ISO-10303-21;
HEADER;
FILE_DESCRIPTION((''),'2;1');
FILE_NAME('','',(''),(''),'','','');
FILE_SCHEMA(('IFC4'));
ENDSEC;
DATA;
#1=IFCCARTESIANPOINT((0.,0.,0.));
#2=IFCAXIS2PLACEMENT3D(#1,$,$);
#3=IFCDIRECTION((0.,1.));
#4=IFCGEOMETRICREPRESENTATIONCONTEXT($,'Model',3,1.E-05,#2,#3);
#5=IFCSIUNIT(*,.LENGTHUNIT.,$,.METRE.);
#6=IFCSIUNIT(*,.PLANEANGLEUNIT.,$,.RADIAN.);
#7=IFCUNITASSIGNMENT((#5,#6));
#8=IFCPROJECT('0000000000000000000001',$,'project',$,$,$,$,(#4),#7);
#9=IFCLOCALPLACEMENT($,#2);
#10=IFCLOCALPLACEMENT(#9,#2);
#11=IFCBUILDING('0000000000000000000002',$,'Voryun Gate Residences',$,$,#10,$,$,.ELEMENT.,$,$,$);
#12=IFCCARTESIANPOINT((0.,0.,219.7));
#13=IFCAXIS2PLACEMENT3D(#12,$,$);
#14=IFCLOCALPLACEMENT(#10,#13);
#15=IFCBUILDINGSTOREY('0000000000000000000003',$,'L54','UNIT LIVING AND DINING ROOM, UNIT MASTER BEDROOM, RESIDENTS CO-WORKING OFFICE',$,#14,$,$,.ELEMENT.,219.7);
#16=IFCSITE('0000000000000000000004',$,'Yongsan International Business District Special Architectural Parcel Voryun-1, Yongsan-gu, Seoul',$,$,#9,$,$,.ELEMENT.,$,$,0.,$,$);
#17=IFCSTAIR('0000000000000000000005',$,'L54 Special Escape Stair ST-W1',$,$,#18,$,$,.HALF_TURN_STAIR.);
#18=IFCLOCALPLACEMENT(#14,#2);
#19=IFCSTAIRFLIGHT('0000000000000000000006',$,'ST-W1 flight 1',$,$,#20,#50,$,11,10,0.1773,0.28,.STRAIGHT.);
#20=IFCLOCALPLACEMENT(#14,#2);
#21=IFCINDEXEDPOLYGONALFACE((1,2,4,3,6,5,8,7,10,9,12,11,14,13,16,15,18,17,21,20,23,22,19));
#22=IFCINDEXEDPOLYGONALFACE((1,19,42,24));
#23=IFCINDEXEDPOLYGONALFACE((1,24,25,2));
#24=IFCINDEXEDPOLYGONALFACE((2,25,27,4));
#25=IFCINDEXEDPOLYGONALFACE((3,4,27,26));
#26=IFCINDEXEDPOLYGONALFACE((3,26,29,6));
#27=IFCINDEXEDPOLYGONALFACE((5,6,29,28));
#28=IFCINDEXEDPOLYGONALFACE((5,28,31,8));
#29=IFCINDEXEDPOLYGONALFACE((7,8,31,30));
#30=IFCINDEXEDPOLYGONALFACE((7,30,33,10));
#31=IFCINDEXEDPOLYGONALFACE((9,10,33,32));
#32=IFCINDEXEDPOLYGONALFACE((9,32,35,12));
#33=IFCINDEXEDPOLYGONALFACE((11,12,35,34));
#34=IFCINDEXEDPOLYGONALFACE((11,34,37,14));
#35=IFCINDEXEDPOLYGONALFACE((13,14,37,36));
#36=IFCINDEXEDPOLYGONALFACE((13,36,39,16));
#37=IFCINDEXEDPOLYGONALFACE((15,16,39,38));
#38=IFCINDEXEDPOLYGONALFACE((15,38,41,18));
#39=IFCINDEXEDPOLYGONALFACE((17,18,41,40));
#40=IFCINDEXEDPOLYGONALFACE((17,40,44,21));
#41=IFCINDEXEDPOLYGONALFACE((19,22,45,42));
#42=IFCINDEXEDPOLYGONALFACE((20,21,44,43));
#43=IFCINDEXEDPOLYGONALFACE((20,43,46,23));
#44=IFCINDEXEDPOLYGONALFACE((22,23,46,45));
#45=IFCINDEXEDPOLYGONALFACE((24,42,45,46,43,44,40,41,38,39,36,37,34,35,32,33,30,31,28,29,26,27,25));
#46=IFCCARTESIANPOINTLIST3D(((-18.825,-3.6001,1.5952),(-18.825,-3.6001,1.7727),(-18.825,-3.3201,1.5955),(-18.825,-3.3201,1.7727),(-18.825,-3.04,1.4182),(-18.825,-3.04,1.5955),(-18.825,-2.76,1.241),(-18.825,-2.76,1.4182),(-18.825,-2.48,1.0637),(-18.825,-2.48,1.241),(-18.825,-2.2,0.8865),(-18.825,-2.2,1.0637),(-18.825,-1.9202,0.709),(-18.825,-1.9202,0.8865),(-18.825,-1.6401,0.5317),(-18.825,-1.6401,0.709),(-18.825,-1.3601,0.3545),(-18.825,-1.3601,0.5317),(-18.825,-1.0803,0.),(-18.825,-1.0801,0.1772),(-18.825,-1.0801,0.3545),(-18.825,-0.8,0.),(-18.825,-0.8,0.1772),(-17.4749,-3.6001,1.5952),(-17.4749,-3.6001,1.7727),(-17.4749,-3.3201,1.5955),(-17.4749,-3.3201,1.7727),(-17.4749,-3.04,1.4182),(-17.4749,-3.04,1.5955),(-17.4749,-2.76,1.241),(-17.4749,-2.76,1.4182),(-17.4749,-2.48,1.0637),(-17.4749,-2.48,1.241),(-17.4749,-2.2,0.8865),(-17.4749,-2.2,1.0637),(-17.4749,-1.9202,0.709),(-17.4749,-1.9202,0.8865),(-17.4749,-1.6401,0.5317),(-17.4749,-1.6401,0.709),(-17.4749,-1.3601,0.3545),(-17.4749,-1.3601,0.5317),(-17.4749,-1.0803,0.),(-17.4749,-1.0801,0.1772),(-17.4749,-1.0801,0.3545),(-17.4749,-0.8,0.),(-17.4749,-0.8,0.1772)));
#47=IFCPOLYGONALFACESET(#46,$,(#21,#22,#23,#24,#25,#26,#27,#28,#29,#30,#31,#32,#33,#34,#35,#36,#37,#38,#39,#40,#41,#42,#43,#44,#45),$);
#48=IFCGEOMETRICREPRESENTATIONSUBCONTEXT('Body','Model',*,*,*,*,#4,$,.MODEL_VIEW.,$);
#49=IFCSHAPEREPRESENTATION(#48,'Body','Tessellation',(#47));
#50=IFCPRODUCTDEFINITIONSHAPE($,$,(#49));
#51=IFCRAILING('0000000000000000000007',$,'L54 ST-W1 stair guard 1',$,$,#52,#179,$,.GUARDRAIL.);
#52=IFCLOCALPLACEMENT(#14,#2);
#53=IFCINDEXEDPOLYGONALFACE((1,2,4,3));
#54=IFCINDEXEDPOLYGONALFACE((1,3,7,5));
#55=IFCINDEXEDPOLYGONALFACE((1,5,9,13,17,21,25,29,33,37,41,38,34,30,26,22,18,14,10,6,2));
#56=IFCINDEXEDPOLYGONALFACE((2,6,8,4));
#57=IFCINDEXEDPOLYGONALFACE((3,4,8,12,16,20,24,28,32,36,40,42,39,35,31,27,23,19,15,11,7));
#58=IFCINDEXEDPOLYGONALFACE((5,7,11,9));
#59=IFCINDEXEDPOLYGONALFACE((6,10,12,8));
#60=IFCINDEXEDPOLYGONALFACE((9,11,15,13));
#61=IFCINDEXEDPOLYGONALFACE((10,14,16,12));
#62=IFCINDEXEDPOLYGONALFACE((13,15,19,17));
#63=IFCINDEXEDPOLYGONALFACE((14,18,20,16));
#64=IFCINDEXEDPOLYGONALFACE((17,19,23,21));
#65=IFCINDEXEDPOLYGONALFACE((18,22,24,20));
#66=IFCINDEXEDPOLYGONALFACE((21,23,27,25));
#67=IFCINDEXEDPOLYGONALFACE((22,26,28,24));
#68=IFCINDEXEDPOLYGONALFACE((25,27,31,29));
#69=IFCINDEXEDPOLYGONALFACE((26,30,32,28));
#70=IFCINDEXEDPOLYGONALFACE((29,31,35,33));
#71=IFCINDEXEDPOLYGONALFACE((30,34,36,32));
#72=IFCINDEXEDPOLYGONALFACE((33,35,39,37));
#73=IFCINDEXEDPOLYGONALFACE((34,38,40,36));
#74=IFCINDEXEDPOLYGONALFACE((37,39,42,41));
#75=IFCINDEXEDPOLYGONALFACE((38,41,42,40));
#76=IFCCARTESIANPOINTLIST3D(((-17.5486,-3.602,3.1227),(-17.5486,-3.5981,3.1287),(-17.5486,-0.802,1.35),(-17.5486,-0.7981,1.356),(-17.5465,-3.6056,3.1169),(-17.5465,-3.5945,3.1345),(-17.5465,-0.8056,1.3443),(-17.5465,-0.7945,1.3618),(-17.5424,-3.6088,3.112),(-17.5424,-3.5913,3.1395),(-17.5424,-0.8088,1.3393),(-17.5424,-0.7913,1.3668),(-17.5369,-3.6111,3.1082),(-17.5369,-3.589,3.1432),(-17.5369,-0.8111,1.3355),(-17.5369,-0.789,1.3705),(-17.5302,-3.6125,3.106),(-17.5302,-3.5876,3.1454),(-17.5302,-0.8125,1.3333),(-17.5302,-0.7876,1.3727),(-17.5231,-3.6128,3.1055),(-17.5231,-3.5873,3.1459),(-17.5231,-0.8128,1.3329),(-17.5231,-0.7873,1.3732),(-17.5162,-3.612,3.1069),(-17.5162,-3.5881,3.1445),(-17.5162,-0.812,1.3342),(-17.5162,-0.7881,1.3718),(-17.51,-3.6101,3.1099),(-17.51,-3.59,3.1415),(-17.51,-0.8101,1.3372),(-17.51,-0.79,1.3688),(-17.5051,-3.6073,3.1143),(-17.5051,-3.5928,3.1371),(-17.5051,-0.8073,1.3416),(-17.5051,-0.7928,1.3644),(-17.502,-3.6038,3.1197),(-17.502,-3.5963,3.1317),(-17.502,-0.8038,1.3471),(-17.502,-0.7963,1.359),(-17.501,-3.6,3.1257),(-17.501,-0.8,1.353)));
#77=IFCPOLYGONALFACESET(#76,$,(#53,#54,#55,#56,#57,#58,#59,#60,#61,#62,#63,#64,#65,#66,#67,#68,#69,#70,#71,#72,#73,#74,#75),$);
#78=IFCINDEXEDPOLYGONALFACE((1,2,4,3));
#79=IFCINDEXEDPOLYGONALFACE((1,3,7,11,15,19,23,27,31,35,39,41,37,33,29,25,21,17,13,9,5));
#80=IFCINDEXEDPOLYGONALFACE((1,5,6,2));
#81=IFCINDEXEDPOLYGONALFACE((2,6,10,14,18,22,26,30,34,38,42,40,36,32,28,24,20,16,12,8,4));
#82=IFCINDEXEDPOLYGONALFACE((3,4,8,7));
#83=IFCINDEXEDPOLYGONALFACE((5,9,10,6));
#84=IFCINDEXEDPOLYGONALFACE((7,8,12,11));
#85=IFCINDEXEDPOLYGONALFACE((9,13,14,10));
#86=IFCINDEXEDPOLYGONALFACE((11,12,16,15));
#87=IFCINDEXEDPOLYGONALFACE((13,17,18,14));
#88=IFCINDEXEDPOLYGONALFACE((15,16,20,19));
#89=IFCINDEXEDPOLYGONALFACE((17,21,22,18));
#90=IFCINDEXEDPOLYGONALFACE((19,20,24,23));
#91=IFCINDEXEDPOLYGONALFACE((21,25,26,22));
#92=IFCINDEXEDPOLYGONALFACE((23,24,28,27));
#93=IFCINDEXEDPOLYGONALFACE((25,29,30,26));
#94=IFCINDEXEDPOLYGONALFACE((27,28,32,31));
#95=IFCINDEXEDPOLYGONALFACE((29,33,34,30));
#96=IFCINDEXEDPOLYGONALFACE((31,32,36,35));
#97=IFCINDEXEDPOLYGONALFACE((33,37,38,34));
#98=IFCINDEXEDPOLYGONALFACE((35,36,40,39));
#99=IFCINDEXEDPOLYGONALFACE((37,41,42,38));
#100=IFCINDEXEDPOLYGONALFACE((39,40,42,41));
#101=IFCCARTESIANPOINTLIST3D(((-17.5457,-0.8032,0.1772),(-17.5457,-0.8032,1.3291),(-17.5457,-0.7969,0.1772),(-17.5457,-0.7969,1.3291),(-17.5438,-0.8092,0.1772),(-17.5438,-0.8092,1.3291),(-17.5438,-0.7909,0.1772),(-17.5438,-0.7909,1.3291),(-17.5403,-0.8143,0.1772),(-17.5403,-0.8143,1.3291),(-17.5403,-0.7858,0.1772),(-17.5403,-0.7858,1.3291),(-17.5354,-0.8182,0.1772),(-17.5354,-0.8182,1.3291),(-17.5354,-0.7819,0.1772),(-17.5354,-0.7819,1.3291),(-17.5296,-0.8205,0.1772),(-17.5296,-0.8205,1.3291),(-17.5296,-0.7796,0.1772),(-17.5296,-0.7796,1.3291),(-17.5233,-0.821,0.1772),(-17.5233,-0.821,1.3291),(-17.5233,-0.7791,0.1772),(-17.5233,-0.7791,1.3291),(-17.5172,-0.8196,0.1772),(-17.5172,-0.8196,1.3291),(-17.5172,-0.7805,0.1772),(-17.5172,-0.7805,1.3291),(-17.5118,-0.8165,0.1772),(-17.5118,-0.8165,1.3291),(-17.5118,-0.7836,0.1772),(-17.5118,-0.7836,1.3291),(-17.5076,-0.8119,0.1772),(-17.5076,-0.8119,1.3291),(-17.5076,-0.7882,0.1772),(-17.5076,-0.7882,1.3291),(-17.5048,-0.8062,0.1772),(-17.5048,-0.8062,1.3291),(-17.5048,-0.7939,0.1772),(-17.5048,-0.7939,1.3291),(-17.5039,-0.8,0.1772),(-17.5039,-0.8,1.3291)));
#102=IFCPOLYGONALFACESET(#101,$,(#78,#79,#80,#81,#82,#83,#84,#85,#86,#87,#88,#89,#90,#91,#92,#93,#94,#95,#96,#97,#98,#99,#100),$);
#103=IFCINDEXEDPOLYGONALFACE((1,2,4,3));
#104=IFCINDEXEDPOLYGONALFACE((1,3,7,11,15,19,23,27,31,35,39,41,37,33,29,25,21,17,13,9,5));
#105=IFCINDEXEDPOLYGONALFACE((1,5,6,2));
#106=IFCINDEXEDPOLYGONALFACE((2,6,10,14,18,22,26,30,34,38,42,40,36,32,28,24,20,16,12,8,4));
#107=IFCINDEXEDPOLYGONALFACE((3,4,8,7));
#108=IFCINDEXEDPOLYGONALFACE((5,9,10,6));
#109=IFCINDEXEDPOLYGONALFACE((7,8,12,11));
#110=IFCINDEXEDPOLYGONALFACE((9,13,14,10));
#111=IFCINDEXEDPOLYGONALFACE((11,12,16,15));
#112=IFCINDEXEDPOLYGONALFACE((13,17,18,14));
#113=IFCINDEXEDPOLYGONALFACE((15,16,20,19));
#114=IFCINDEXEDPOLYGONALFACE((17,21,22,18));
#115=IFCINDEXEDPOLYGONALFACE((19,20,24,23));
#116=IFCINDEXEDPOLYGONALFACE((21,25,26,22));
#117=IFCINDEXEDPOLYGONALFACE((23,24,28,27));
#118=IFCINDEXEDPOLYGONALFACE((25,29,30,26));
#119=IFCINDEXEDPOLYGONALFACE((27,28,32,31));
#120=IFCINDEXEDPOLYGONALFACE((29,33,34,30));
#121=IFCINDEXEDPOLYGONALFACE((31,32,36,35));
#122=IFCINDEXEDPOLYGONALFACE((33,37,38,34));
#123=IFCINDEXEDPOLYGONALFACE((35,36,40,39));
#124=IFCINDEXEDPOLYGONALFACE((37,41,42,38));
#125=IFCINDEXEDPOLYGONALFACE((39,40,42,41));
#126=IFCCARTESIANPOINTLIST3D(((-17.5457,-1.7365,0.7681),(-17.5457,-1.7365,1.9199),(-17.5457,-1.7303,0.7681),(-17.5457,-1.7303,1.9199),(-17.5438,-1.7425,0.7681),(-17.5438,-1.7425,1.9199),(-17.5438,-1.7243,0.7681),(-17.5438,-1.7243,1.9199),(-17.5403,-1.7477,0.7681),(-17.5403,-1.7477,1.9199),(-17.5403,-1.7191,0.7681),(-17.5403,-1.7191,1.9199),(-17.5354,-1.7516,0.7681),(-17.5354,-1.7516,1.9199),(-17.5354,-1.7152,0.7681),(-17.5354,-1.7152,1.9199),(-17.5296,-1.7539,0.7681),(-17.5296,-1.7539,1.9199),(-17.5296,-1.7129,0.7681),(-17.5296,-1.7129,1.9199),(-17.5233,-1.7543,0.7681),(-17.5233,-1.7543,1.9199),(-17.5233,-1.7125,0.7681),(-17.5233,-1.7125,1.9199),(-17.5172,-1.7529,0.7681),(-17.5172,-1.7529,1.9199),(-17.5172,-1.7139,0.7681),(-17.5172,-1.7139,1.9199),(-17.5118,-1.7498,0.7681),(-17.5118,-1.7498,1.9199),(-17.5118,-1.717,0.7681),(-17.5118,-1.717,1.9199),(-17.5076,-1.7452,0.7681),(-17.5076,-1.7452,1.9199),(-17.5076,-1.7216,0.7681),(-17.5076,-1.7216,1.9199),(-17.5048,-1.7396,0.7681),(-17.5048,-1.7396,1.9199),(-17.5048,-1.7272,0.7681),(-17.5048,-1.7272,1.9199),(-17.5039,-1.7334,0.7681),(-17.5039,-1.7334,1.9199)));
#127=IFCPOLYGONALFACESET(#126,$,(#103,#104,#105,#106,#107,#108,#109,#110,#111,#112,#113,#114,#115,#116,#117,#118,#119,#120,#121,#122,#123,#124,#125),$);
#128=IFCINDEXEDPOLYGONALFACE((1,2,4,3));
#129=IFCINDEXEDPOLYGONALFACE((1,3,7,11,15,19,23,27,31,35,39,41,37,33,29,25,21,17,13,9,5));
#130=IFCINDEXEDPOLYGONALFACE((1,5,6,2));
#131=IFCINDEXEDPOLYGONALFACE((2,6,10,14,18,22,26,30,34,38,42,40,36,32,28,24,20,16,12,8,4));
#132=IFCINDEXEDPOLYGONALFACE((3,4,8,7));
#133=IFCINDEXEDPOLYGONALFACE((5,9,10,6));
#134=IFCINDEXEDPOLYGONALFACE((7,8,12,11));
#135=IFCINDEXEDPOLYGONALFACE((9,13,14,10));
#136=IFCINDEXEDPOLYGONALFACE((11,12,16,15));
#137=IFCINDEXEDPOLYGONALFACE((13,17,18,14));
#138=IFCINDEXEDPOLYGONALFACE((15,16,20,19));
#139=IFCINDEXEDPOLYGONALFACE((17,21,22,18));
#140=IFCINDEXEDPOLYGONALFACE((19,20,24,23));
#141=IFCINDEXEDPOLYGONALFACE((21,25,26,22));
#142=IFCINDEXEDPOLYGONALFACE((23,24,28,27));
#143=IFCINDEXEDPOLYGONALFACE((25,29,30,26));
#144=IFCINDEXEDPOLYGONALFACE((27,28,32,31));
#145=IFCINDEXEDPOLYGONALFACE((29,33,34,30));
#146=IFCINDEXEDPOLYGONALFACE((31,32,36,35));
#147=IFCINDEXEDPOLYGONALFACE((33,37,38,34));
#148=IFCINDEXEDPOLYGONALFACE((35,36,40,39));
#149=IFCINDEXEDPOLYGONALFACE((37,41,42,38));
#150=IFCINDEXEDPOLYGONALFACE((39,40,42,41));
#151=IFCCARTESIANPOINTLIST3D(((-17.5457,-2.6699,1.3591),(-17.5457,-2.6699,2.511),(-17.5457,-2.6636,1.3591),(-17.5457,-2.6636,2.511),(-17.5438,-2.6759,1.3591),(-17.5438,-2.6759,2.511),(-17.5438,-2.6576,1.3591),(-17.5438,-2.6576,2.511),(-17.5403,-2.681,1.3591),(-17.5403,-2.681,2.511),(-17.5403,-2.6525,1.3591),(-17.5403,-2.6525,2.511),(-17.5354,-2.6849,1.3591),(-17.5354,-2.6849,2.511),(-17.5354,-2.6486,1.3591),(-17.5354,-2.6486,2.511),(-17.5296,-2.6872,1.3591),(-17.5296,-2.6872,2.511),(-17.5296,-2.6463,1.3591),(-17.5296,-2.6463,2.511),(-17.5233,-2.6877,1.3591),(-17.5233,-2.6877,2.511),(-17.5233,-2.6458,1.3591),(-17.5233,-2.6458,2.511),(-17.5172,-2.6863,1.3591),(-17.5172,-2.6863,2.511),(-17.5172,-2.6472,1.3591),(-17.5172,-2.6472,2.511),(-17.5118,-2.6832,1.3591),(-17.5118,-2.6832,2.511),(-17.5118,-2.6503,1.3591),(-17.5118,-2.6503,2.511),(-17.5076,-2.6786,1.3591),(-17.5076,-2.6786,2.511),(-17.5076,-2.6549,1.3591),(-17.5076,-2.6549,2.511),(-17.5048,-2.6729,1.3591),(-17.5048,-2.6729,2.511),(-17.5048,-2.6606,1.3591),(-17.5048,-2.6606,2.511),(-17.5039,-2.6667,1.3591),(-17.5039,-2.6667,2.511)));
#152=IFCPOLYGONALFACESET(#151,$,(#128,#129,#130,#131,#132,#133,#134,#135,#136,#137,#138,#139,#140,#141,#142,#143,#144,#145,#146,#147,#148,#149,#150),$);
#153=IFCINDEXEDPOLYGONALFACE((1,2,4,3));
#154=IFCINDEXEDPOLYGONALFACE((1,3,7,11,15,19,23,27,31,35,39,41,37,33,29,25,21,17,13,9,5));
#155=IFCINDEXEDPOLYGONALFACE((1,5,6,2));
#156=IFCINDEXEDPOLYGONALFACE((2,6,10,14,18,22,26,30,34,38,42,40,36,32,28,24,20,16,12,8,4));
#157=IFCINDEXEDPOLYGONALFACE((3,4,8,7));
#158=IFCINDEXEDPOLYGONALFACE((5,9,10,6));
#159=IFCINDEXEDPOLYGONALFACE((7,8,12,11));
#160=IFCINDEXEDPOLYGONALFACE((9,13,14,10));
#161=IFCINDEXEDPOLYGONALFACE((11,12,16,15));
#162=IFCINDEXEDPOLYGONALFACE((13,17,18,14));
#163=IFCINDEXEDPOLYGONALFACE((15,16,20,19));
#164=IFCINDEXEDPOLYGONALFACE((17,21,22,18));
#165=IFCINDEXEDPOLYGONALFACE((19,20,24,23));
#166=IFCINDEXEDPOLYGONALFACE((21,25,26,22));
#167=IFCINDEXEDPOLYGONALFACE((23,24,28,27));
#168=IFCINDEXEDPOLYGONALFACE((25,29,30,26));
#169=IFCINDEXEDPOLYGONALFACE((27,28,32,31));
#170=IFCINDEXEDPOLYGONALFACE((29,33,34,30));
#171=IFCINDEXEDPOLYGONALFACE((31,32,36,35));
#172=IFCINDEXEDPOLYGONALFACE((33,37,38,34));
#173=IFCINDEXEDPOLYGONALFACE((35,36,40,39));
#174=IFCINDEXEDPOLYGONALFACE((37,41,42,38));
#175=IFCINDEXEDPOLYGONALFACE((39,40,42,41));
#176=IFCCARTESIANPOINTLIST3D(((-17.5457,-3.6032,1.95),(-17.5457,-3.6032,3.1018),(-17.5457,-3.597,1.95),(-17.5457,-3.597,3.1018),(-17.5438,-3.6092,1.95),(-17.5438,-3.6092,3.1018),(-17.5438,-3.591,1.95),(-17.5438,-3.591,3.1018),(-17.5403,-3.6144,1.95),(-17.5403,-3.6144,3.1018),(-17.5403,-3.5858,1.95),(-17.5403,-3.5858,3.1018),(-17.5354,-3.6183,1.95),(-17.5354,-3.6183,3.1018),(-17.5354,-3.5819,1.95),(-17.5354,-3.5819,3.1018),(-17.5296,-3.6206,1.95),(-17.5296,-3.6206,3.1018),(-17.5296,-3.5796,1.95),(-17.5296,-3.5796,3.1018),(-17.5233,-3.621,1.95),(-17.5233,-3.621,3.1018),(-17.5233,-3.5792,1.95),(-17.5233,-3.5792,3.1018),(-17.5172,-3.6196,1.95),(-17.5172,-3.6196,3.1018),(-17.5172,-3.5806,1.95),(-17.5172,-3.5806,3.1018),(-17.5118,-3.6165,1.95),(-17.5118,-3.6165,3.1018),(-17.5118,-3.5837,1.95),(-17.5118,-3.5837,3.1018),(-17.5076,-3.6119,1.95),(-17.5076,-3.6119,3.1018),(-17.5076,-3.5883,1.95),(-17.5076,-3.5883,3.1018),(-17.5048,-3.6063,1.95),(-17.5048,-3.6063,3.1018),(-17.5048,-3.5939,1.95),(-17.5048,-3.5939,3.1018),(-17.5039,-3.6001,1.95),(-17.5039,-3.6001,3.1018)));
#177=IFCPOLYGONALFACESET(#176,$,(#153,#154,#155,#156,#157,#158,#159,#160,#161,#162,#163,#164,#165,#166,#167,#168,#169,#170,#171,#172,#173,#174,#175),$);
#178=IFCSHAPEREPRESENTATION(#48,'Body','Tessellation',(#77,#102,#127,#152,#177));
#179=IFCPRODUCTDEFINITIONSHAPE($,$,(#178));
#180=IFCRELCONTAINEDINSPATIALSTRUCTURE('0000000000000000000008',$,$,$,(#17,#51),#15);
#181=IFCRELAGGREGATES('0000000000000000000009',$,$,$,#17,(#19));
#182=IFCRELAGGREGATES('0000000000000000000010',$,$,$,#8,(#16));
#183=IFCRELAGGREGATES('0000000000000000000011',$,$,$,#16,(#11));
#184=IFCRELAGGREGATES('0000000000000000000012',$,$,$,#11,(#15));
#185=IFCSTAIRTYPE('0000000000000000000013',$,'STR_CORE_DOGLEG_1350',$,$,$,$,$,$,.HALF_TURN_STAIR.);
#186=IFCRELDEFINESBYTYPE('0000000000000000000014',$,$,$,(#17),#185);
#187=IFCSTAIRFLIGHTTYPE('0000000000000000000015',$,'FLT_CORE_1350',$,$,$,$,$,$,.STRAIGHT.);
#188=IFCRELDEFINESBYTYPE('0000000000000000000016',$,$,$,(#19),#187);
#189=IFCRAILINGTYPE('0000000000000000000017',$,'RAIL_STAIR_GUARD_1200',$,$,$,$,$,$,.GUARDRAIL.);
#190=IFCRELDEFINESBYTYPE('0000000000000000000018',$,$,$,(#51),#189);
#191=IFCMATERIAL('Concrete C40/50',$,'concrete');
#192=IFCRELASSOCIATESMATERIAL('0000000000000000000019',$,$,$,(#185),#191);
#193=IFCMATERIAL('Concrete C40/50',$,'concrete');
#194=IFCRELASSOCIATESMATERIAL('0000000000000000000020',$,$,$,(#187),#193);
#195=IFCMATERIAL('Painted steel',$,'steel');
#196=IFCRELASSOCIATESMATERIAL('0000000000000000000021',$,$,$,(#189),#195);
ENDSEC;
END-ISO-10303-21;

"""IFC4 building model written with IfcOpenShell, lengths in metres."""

from ifc_helpers import new_model, si_unit, direction, frame, origin, origin_2d, place, context, subcontext, project, spatial, polyline, circle, outline, extrude, material, type_object, element, aggregate, save


model = new_model("IFC4")

# Units and contexts
model_context = context("Model", 3, precision=1e-05, world=origin(), true_north=direction((0.0, 1.0)))
body_context = subcontext(model_context, "Body", "Model", "MODEL_VIEW")
ifc_project = project(units=[si_unit("LENGTHUNIT", "METRE"), si_unit("PLANEANGLEUNIT", "RADIAN")], contexts=[model_context])

# Site, building, storey
site_placement = place(None, origin())
site = spatial("IfcSite", under=ifc_project, at=site_placement, Name="Yongsan International Business District Special Architectural Parcel Voryun-1, Yongsan-gu, Seoul", CompositionType="ELEMENT", RefElevation=0.0)
building_placement = place(site_placement, origin())
building = spatial("IfcBuilding", under=site, at=building_placement, Name="Voryun Gate Residences", CompositionType="ELEMENT")
storey_placement = place(building_placement, frame((0.0, 0.0, 219.7)))
storey = spatial("IfcBuildingStorey", under=building, at=storey_placement, Name="L54", Description="UNIT LIVING AND DINING ROOM, UNIT MASTER BEDROOM, RESIDENTS CO-WORKING OFFICE", CompositionType="ELEMENT", Elevation=219.7)

# Stair, stair flight
ifc_material_1 = material(Name="Concrete C40/50", Category="concrete")
stair_type = type_object("IfcStairType", Name="STR_CORE_DOGLEG_1350", PredefinedType="HALF_TURN_STAIR", material=ifc_material_1)
stair_placement = place(storey_placement, origin())
stair = element("IfcStair", 1, at=stair_placement, inside=storey, type_object=stair_type, Name="L54 Special Escape Stair ST-W1", PredefinedType="HALF_TURN_STAIR")
ifc_material_2 = material(Name="Concrete C40/50", Category="concrete")
stair_flight_type = type_object("IfcStairFlightType", Name="FLT_CORE_1350", PredefinedType="STRAIGHT", material=ifc_material_2)
stair_flight_placement = place(storey_placement, frame((-18.1499, -0.8, 0.0), z_axis=(0.0, 0.0, 1.0), x_axis=(0.0, -1.0, 0.0)))
stair_flight = element("IfcStairFlight", 2, at=stair_flight_placement, type_object=stair_flight_type, Name="ST-W1 flight 1", NumberOfRisers=11, NumberOfTreads=10, PredefinedType="STRAIGHT", RiserHeight=0.1773, TreadLength=0.28, context=body_context, shape_type="SweptSolid", body=[
    extrude(outline(polyline([(0.0, 0.0), (0.0, 0.1772), (0.28, 0.1772), (0.28, 0.3545), (0.5601, 0.3545), (0.5601, 0.5317), (0.8401, 0.5317), (0.8401, 0.709), (1.1201, 0.709), (1.1201, 0.8865), (1.3999, 0.8865), (1.3999, 1.0637), (1.6799, 1.0637), (1.6799, 1.241), (1.96, 1.241), (1.96, 1.4182), (2.24, 1.4182), (2.24, 1.5955), (2.52, 1.5955), (2.52, 1.7727), (2.8, 1.7727), (2.8, 1.95), (2.8, 1.5952), (0.2803, 0.0), (0.0, 0.0)])), frame((0.0, 0.675, 0.0), z_axis=(0.0, -1.0, 0.0), x_axis=(1.0, 0.0, 0.0)), (0.0, 0.0, 1.0), 1.3501),
])
aggregate(stair, [stair_flight])

# Railing
ifc_material_3 = material(Name="Painted steel", Category="steel")
railing_type = type_object("IfcRailingType", Name="RAIL_STAIR_GUARD_1200", PredefinedType="GUARDRAIL", material=ifc_material_3)
railing_1_placement = place(storey_placement, frame((-17.5249, -0.8, 0.1772)))
element("IfcRailing", 3, at=railing_1_placement, inside=storey, type_object=railing_type, Name="L54 ST-W1 stair guard 1", PredefinedType="GUARDRAIL", context=body_context, shape_type="SweptSolid", body=[
    extrude(circle(Radius=0.0239, at=origin_2d()), frame((0.0, 0.0, 1.1758), z_axis=(0.0, -0.844909, 0.53491), x_axis=(1.0, 0.0, 0.0)), (0.0, 0.0, 1.0), 3.314),
    extrude(circle(Radius=0.021, at=origin_2d()), origin(), (0.0, 0.0, 1.0), 1.1519),
    extrude(circle(Radius=0.021, at=origin_2d()), frame((0.0, -0.9333, 0.5908)), (0.0, 0.0, 1.0), 1.1519),
    extrude(circle(Radius=0.021, at=origin_2d()), frame((0.0, -1.8667, 1.1819)), (0.0, 0.0, 1.0), 1.1519),
    extrude(circle(Radius=0.021, at=origin_2d()), frame((0.0, -2.8, 1.7727)), (0.0, 0.0, 1.0), 1.1519),
])

save(model, "model.ifc")
